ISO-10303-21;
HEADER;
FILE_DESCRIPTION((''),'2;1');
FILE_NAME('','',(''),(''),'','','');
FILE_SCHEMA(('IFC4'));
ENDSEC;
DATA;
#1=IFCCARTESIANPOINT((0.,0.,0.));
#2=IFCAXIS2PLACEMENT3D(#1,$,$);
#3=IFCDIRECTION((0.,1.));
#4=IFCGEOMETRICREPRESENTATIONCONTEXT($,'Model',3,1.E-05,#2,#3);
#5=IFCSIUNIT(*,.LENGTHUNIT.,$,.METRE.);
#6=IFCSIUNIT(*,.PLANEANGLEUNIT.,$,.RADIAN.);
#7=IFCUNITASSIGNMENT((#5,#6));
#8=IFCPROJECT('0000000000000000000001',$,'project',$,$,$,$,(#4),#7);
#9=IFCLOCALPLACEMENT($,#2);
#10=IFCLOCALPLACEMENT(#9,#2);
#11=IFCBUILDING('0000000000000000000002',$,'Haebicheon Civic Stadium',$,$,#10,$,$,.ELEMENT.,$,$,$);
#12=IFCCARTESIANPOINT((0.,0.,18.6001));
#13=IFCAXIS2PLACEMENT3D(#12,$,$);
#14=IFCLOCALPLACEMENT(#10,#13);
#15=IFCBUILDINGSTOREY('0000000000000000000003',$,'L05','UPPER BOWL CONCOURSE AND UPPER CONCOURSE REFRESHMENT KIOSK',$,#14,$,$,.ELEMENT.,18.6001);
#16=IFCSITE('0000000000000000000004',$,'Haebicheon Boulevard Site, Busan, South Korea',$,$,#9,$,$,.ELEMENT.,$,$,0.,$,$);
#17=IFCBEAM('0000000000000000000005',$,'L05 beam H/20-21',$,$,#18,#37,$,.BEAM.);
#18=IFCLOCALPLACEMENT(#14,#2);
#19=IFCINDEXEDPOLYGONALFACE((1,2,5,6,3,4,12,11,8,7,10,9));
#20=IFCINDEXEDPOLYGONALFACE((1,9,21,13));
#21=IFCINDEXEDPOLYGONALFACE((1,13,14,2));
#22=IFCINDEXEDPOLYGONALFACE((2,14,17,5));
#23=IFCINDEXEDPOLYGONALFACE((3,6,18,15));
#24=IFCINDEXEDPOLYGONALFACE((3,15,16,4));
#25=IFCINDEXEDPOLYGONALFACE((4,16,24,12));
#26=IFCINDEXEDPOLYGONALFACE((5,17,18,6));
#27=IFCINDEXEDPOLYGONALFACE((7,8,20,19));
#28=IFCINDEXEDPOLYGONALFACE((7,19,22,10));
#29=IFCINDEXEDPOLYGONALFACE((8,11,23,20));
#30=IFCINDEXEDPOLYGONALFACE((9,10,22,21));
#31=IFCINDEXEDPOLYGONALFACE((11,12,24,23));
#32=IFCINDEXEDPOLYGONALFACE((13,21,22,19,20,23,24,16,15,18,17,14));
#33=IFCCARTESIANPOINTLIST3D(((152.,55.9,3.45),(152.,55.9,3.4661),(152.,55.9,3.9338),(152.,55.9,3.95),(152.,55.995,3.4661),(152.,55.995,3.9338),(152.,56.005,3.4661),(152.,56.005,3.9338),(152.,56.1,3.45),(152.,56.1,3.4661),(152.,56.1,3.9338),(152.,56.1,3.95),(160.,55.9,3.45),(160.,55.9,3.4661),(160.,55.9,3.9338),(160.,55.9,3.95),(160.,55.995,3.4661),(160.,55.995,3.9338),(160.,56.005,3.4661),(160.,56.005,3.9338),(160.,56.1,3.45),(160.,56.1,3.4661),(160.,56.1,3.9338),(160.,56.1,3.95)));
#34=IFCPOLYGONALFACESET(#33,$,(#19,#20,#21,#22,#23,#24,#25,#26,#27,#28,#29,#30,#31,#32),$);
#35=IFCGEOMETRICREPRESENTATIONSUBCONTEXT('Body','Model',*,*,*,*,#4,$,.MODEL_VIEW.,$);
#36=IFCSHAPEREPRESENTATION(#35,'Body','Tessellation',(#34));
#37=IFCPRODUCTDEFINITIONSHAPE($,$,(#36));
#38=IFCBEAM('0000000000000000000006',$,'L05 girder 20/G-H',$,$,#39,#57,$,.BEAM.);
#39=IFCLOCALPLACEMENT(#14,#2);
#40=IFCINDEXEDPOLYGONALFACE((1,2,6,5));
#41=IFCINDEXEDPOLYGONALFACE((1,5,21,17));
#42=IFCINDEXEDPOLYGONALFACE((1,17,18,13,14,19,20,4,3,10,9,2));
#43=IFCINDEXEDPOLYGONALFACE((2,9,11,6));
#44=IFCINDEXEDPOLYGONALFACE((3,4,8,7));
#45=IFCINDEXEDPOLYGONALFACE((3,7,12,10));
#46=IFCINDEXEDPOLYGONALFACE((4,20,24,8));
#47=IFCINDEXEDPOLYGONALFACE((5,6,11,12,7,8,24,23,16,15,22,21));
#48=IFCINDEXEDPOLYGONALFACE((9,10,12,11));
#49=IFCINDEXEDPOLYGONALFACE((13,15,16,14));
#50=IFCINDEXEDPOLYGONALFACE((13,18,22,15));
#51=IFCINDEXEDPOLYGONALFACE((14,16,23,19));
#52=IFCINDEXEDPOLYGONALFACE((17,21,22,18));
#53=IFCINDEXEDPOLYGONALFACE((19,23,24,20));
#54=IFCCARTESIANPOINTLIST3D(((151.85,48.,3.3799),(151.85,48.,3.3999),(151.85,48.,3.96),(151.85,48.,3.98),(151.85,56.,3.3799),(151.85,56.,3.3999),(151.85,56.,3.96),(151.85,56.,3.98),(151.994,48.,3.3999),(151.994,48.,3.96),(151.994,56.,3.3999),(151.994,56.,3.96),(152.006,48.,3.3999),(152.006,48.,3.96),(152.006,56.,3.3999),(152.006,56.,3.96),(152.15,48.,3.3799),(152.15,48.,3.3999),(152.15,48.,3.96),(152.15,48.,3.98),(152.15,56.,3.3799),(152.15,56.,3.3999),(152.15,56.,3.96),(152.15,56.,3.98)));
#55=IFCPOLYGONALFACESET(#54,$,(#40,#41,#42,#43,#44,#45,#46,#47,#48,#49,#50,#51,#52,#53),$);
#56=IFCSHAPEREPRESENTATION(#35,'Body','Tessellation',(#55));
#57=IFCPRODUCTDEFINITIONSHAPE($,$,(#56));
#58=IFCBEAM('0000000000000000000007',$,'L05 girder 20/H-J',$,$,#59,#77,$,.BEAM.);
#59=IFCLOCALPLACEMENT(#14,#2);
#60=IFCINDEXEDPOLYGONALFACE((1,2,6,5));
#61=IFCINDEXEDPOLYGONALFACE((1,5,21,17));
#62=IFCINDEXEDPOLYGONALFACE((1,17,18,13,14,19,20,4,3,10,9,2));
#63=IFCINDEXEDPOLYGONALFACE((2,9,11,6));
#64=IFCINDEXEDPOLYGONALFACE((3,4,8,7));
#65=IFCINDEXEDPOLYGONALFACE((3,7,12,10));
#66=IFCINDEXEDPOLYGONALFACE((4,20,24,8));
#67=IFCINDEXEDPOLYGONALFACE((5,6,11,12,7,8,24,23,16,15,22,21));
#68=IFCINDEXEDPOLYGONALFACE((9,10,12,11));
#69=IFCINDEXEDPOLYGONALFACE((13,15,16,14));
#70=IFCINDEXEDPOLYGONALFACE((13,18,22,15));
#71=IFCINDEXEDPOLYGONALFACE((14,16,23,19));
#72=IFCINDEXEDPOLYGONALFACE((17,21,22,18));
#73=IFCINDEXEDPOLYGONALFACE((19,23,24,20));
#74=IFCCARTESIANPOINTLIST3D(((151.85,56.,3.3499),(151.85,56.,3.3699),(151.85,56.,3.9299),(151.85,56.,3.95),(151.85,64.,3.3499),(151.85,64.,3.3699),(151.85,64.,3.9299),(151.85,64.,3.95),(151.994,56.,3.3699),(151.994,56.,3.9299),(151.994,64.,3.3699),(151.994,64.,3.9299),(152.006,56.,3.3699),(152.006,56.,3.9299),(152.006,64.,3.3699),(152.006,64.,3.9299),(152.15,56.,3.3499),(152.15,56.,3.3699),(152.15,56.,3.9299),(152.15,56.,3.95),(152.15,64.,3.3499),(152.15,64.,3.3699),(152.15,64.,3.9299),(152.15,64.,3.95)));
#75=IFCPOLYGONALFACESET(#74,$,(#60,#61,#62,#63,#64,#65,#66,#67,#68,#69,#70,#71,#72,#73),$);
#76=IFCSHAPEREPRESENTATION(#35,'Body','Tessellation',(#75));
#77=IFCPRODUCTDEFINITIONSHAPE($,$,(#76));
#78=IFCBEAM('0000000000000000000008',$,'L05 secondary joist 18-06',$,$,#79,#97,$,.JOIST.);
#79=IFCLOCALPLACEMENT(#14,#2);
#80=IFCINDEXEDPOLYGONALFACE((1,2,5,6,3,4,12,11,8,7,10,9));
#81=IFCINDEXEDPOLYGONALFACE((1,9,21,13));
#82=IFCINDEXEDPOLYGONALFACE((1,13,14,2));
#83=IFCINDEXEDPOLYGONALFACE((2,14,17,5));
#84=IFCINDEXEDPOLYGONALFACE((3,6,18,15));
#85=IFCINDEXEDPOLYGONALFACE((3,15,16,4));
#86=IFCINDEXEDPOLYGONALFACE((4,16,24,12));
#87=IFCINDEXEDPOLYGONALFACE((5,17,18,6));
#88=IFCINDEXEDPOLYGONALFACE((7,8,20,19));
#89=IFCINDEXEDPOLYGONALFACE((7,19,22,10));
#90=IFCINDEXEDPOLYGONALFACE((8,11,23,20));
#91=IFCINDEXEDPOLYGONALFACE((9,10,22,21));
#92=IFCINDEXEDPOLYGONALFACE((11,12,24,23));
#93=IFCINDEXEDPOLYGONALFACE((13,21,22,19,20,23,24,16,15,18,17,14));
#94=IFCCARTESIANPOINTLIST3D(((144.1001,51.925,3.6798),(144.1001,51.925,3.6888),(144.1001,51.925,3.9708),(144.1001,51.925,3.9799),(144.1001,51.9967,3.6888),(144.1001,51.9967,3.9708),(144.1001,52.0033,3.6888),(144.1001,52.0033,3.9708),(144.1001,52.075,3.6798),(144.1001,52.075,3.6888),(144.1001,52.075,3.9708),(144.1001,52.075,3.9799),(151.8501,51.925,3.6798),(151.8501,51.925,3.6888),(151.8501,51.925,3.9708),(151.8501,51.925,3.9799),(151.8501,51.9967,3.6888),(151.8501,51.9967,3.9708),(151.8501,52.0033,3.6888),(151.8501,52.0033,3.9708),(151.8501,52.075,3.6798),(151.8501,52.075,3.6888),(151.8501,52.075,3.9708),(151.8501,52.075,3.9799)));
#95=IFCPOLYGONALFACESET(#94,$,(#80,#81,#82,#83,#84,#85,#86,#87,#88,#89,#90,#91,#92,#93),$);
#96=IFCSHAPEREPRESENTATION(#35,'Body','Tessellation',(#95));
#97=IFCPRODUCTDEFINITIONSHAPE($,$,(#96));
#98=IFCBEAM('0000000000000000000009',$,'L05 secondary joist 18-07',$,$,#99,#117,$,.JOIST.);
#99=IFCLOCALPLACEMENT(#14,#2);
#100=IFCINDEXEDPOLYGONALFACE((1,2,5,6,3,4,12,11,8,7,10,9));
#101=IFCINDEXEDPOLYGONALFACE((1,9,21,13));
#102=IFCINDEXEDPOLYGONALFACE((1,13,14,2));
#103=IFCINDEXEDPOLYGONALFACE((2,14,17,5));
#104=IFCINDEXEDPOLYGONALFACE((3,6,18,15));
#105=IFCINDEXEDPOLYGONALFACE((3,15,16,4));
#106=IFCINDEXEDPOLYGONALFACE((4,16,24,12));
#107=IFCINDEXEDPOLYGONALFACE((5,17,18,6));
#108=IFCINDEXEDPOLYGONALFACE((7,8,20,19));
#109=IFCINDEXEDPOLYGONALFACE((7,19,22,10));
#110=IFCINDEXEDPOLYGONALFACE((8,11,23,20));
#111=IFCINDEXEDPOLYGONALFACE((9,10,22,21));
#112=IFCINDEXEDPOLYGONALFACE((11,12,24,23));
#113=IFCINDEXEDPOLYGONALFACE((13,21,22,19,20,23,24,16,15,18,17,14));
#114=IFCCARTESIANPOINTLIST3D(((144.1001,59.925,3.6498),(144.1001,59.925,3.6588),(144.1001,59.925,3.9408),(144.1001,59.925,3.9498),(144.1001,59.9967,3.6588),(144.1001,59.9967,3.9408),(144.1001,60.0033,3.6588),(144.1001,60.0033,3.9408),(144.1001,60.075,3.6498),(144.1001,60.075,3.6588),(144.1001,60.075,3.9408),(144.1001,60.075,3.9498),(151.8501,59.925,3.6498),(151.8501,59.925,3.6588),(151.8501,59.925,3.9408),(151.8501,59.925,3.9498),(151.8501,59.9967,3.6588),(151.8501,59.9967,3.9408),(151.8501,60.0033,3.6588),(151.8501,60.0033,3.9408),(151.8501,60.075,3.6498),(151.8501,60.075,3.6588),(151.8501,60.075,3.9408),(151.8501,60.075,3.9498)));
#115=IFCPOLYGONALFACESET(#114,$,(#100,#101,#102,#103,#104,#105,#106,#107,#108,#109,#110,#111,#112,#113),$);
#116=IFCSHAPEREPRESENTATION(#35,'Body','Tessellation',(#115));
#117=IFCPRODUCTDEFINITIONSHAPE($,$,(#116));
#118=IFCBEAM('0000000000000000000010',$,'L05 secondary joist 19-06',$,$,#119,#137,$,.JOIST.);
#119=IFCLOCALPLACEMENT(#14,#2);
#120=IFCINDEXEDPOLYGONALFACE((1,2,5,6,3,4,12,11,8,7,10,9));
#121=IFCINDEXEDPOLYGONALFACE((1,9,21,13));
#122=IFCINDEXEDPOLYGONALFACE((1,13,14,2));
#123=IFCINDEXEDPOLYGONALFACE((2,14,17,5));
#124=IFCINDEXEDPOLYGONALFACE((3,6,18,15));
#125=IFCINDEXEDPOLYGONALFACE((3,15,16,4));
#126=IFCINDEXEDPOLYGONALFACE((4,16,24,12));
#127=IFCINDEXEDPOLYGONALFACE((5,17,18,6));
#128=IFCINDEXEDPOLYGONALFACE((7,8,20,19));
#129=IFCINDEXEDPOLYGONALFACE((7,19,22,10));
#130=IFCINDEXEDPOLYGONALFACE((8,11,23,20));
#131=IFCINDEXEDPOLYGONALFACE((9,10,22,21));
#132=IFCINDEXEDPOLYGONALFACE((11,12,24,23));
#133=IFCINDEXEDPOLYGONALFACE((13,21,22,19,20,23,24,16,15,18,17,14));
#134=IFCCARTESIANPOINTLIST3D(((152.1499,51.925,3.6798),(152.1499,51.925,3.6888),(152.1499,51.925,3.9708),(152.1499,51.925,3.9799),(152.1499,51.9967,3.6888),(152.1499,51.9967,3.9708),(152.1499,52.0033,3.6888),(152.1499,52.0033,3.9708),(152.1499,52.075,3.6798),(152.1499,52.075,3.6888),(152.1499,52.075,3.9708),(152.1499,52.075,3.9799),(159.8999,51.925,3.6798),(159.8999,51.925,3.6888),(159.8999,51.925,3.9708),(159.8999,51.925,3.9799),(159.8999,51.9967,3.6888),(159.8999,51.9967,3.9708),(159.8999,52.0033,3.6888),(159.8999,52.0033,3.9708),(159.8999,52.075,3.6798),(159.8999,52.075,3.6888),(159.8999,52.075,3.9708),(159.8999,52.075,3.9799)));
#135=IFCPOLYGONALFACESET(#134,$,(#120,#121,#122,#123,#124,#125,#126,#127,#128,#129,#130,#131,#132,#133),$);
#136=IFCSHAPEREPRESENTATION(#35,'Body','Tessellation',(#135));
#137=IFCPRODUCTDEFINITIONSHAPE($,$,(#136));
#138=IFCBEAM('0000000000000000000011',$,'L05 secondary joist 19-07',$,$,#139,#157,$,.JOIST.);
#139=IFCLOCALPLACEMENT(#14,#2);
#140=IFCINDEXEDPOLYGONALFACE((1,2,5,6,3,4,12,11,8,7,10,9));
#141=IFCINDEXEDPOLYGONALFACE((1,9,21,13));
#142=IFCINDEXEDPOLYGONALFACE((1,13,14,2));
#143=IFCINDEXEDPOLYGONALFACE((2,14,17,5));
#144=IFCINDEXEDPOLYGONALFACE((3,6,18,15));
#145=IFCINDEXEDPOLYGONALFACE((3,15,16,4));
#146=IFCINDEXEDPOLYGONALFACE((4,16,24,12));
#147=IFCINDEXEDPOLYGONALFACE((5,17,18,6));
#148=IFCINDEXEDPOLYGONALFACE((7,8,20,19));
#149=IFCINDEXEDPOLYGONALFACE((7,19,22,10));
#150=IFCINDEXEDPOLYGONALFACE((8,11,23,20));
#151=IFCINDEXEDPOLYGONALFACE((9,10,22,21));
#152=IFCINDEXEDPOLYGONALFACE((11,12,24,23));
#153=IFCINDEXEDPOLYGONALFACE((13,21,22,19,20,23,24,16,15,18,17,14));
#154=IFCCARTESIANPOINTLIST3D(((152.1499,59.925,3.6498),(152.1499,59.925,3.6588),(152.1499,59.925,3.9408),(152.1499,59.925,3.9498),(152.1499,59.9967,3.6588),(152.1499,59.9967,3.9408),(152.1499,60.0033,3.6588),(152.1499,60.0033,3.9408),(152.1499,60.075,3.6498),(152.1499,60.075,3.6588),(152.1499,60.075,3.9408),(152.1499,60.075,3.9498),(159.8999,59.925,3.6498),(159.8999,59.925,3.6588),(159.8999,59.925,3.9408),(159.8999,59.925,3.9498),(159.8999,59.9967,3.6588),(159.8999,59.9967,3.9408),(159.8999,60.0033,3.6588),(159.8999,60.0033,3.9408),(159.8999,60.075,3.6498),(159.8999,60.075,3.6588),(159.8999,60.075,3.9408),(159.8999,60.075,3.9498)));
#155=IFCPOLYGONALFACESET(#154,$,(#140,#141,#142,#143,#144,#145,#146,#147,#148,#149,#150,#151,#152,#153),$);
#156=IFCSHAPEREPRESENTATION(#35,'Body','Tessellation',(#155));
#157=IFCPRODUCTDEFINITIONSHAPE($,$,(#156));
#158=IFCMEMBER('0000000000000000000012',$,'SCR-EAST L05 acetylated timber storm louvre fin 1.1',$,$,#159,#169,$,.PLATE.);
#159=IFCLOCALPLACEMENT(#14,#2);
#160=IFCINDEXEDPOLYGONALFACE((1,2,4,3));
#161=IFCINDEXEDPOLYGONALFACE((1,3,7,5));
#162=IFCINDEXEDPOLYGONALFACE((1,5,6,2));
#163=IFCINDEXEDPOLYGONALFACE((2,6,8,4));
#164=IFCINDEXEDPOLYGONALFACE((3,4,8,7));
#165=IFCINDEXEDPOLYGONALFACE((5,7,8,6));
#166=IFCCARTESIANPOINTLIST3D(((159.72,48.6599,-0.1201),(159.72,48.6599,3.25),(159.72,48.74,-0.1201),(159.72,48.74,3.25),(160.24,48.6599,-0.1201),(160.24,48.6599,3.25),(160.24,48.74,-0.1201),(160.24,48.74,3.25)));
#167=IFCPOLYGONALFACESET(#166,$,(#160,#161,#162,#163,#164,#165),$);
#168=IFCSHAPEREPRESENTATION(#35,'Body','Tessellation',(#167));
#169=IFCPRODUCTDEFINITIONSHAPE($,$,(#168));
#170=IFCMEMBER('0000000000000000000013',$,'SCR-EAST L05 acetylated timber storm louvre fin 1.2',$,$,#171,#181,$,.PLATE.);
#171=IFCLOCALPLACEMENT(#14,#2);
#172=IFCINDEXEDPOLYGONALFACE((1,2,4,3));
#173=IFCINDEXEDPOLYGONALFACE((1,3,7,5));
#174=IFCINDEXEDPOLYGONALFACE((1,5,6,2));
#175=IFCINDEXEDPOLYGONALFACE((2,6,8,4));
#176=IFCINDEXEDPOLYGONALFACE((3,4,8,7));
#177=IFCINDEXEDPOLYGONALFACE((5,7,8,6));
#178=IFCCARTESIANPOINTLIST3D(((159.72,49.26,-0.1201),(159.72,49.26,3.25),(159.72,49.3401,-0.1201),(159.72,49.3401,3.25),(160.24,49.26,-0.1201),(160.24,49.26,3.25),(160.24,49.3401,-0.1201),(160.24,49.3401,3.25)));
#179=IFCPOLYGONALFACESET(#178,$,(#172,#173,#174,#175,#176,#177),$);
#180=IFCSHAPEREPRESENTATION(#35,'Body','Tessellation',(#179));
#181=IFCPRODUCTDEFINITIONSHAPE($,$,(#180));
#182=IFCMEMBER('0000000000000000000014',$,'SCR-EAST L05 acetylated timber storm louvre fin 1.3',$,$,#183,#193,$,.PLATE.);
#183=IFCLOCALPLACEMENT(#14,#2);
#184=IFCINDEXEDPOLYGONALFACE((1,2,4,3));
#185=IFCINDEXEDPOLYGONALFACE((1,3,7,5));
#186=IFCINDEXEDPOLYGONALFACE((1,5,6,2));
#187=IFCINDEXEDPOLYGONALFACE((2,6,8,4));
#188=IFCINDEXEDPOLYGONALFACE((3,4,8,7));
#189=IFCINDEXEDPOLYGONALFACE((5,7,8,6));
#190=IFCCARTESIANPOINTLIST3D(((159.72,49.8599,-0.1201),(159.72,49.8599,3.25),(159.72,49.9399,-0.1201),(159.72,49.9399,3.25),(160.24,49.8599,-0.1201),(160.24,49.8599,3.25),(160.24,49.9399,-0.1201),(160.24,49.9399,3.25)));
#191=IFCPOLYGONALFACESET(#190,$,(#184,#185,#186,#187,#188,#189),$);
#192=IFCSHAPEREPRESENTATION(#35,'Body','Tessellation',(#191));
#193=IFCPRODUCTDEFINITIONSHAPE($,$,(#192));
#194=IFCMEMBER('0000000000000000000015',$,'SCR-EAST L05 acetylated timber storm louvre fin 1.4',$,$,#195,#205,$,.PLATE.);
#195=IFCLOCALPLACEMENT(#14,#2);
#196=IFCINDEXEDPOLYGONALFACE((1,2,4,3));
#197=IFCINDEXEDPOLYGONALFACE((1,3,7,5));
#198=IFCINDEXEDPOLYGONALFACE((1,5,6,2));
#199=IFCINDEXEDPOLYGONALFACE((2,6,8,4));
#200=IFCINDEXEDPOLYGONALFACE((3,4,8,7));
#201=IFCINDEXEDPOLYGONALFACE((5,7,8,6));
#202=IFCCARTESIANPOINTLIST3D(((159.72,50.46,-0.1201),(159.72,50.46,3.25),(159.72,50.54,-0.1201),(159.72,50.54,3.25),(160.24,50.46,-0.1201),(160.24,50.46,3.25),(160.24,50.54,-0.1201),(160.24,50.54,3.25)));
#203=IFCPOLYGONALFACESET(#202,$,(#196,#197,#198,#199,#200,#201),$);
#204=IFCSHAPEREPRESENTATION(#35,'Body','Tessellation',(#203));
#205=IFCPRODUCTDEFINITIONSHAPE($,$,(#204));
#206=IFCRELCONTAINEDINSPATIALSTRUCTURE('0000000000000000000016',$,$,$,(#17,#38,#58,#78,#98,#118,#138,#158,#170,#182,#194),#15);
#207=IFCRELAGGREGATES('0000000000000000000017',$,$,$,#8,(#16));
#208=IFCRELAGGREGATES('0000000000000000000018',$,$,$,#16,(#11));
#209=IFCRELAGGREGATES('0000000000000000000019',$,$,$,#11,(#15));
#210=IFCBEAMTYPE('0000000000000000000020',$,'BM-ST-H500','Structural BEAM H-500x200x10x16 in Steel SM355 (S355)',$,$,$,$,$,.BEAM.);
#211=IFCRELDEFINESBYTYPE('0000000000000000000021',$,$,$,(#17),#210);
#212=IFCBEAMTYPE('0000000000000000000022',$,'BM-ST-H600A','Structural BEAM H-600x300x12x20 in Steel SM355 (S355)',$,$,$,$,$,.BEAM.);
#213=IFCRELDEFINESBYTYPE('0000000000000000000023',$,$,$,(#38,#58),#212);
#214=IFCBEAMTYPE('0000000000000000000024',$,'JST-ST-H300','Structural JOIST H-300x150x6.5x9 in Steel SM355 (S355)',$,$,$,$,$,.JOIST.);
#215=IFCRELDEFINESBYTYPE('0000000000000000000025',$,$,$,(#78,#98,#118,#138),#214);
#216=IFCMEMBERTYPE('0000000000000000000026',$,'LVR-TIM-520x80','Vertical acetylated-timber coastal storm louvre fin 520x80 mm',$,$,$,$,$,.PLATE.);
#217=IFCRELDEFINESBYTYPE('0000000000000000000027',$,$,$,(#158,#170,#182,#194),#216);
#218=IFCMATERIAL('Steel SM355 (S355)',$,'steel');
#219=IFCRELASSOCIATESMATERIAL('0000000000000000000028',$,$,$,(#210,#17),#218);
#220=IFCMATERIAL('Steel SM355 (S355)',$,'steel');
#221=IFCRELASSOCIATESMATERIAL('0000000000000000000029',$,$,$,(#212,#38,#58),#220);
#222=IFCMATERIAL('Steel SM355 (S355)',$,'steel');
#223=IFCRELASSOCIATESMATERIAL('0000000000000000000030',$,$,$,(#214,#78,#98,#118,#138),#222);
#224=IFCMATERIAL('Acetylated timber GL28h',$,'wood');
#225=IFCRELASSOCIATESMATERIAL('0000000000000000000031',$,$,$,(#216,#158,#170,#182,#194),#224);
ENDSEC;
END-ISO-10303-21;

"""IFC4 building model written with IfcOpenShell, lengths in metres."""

from ifc_helpers import new_model, si_unit, direction, frame, origin, origin_2d, place, context, subcontext, project, spatial, rectangle, i_section, extrude, material, material_profile, profile_set, type_object, element, save


model = new_model("IFC4")

# Units and contexts
model_context = context("Model", 3, precision=1e-05, world=origin(), true_north=direction((0.0, 1.0)))
body_context = subcontext(model_context, "Body", "Model", "MODEL_VIEW")
ifc_project = project(units=[si_unit("LENGTHUNIT", "METRE"), si_unit("PLANEANGLEUNIT", "RADIAN")], contexts=[model_context])

# Site, building, storey
site_placement = place(None, origin())
site = spatial("IfcSite", under=ifc_project, at=site_placement, Name="Haebicheon Boulevard Site, Busan, South Korea", CompositionType="ELEMENT", RefElevation=0.0)
building_placement = place(site_placement, origin())
building = spatial("IfcBuilding", under=site, at=building_placement, Name="Haebicheon Civic Stadium", CompositionType="ELEMENT")
storey_placement = place(building_placement, frame((0.0, 0.0, 18.6001)))
storey = spatial("IfcBuildingStorey", under=building, at=storey_placement, Name="L05", Description="UPPER BOWL CONCOURSE AND UPPER CONCOURSE REFRESHMENT KIOSK", CompositionType="ELEMENT", Elevation=18.6001)

# Beams
ifc_material_1 = material(Name="Steel SM355 (S355)", Category="steel")
ifc_material_profile_1 = material_profile(ifc_material_1, i_section(OverallWidth=0.2, OverallDepth=0.5, WebThickness=0.01, FlangeThickness=0.0161, at=origin_2d()), Name="H-500x200x10x16")
ifc_profile_set_1 = profile_set([ifc_material_profile_1], Name="Steel SM355 (S355)")
beam_type_1 = type_object("IfcBeamType", Name="BM-ST-H500", Description="Structural BEAM H-500x200x10x16 in Steel SM355 (S355)", PredefinedType="BEAM", material=ifc_profile_set_1)
for number, where, z_axis, x_axis, name in (
    (1, (152.0, 56.0, 3.7), (1.0, 0.0, 0.0), (0.0, 1.0, 0.0), "L05 beam H/20-21"),
):
    element("IfcBeam", number, at=place(storey_placement, frame(where, z_axis=z_axis, x_axis=x_axis)), inside=storey, type_object=beam_type_1, material=ifc_profile_set_1, Name=name, PredefinedType="BEAM", context=body_context, shape_type="SweptSolid", body=[
        extrude(i_section(OverallWidth=0.2, OverallDepth=0.5, WebThickness=0.01, FlangeThickness=0.0161, at=origin_2d()), origin(), (0.0, 0.0, 1.0), 8.0),
    ])
ifc_material_2 = material(Name="Steel SM355 (S355)", Category="steel")
ifc_material_profile_2 = material_profile(ifc_material_2, i_section(OverallWidth=0.3, OverallDepth=0.6001, WebThickness=0.012, FlangeThickness=0.02, at=origin_2d()), Name="H-600x300x12x20")
ifc_profile_set_2 = profile_set([ifc_material_profile_2], Name="Steel SM355 (S355)")
beam_type_2 = type_object("IfcBeamType", Name="BM-ST-H600A", Description="Structural BEAM H-600x300x12x20 in Steel SM355 (S355)", PredefinedType="BEAM", material=ifc_profile_set_2)
for number, where, z_axis, x_axis, name in (
    (2, (152.0, 48.0, 3.6799), (0.0, 1.0, 0.0), (-1.0, 0.0, 0.0), "L05 girder 20/G-H"),
    (3, (152.0, 56.0, 3.6499), (0.0, 1.0, 0.0), (-1.0, 0.0, 0.0), "L05 girder 20/H-J"),
):
    element("IfcBeam", number, at=place(storey_placement, frame(where, z_axis=z_axis, x_axis=x_axis)), inside=storey, type_object=beam_type_2, material=ifc_profile_set_2, Name=name, PredefinedType="BEAM", context=body_context, shape_type="SweptSolid", body=[
        extrude(i_section(OverallWidth=0.3, OverallDepth=0.6001, WebThickness=0.012, FlangeThickness=0.02, at=origin_2d()), origin(), (0.0, 0.0, 1.0), 8.0),
    ])
ifc_material_3 = material(Name="Steel SM355 (S355)", Category="steel")
ifc_material_profile_3 = material_profile(ifc_material_3, i_section(OverallWidth=0.1499, OverallDepth=0.3, WebThickness=0.0066, FlangeThickness=0.009, at=origin_2d()), Name="H-300x150x6.5x9")
ifc_profile_set_3 = profile_set([ifc_material_profile_3], Name="Steel SM355 (S355)")
beam_type_3 = type_object("IfcBeamType", Name="JST-ST-H300", Description="Structural JOIST H-300x150x6.5x9 in Steel SM355 (S355)", PredefinedType="JOIST", material=ifc_profile_set_3)
for number, where, z_axis, x_axis, name in (
    (4, (144.1001, 52.0, 3.8298), (1.0, 0.0, 0.0), (0.0, 1.0, 0.0), "L05 secondary joist 18-06"),
    (5, (144.1001, 60.0, 3.7998), (1.0, 0.0, 0.0), (0.0, 1.0, 0.0), "L05 secondary joist 18-07"),
    (6, (152.1499, 52.0, 3.8298), (1.0, 0.0, 0.0), (0.0, 1.0, 0.0), "L05 secondary joist 19-06"),
    (7, (152.1499, 60.0, 3.7998), (1.0, 0.0, 0.0), (0.0, 1.0, 0.0), "L05 secondary joist 19-07"),
):
    element("IfcBeam", number, at=place(storey_placement, frame(where, z_axis=z_axis, x_axis=x_axis)), inside=storey, type_object=beam_type_3, material=ifc_profile_set_3, Name=name, PredefinedType="JOIST", context=body_context, shape_type="SweptSolid", body=[
        extrude(i_section(OverallWidth=0.1499, OverallDepth=0.3, WebThickness=0.0066, FlangeThickness=0.009, at=origin_2d()), origin(), (0.0, 0.0, 1.0), 7.75),
    ])

# Members
ifc_material_4 = material(Name="Acetylated timber GL28h", Category="wood")
ifc_material_profile_4 = material_profile(ifc_material_4, rectangle(XDim=0.0801, YDim=0.52, at=origin_2d()), Name="TMB-LOUV-80x520")
ifc_profile_set_4 = profile_set([ifc_material_profile_4], Name="Acetylated timber GL28h")
member_type = type_object("IfcMemberType", Name="LVR-TIM-520x80", Description="Vertical acetylated-timber coastal storm louvre fin 520x80 mm", PredefinedType="PLATE", material=ifc_profile_set_4)
for number, where, z_axis, x_axis, name in (
    (8, (159.98, 48.7, -0.1201), (0.0, 0.0, 1.0), (0.0, 1.0, 0.0), "SCR-EAST L05 acetylated timber storm louvre fin 1.1"),
    (9, (159.98, 49.3, -0.1201), (0.0, 0.0, 1.0), (0.0, 1.0, 0.0), "SCR-EAST L05 acetylated timber storm louvre fin 1.2"),
    (10, (159.98, 49.8999, -0.1201), (0.0, 0.0, 1.0), (0.0, 1.0, 0.0), "SCR-EAST L05 acetylated timber storm louvre fin 1.3"),
    (11, (159.98, 50.5, -0.1201), (0.0, 0.0, 1.0), (0.0, 1.0, 0.0), "SCR-EAST L05 acetylated timber storm louvre fin 1.4"),
):
    element("IfcMember", number, at=place(storey_placement, frame(where, z_axis=z_axis, x_axis=x_axis)), inside=storey, type_object=member_type, material=ifc_profile_set_4, Name=name, PredefinedType="PLATE", context=body_context, shape_type="SweptSolid", body=[
        extrude(rectangle(XDim=0.0801, YDim=0.52, at=origin_2d()), origin(), (0.0, 0.0, 1.0), 3.3701),
    ])

save(model, "model.ifc")
